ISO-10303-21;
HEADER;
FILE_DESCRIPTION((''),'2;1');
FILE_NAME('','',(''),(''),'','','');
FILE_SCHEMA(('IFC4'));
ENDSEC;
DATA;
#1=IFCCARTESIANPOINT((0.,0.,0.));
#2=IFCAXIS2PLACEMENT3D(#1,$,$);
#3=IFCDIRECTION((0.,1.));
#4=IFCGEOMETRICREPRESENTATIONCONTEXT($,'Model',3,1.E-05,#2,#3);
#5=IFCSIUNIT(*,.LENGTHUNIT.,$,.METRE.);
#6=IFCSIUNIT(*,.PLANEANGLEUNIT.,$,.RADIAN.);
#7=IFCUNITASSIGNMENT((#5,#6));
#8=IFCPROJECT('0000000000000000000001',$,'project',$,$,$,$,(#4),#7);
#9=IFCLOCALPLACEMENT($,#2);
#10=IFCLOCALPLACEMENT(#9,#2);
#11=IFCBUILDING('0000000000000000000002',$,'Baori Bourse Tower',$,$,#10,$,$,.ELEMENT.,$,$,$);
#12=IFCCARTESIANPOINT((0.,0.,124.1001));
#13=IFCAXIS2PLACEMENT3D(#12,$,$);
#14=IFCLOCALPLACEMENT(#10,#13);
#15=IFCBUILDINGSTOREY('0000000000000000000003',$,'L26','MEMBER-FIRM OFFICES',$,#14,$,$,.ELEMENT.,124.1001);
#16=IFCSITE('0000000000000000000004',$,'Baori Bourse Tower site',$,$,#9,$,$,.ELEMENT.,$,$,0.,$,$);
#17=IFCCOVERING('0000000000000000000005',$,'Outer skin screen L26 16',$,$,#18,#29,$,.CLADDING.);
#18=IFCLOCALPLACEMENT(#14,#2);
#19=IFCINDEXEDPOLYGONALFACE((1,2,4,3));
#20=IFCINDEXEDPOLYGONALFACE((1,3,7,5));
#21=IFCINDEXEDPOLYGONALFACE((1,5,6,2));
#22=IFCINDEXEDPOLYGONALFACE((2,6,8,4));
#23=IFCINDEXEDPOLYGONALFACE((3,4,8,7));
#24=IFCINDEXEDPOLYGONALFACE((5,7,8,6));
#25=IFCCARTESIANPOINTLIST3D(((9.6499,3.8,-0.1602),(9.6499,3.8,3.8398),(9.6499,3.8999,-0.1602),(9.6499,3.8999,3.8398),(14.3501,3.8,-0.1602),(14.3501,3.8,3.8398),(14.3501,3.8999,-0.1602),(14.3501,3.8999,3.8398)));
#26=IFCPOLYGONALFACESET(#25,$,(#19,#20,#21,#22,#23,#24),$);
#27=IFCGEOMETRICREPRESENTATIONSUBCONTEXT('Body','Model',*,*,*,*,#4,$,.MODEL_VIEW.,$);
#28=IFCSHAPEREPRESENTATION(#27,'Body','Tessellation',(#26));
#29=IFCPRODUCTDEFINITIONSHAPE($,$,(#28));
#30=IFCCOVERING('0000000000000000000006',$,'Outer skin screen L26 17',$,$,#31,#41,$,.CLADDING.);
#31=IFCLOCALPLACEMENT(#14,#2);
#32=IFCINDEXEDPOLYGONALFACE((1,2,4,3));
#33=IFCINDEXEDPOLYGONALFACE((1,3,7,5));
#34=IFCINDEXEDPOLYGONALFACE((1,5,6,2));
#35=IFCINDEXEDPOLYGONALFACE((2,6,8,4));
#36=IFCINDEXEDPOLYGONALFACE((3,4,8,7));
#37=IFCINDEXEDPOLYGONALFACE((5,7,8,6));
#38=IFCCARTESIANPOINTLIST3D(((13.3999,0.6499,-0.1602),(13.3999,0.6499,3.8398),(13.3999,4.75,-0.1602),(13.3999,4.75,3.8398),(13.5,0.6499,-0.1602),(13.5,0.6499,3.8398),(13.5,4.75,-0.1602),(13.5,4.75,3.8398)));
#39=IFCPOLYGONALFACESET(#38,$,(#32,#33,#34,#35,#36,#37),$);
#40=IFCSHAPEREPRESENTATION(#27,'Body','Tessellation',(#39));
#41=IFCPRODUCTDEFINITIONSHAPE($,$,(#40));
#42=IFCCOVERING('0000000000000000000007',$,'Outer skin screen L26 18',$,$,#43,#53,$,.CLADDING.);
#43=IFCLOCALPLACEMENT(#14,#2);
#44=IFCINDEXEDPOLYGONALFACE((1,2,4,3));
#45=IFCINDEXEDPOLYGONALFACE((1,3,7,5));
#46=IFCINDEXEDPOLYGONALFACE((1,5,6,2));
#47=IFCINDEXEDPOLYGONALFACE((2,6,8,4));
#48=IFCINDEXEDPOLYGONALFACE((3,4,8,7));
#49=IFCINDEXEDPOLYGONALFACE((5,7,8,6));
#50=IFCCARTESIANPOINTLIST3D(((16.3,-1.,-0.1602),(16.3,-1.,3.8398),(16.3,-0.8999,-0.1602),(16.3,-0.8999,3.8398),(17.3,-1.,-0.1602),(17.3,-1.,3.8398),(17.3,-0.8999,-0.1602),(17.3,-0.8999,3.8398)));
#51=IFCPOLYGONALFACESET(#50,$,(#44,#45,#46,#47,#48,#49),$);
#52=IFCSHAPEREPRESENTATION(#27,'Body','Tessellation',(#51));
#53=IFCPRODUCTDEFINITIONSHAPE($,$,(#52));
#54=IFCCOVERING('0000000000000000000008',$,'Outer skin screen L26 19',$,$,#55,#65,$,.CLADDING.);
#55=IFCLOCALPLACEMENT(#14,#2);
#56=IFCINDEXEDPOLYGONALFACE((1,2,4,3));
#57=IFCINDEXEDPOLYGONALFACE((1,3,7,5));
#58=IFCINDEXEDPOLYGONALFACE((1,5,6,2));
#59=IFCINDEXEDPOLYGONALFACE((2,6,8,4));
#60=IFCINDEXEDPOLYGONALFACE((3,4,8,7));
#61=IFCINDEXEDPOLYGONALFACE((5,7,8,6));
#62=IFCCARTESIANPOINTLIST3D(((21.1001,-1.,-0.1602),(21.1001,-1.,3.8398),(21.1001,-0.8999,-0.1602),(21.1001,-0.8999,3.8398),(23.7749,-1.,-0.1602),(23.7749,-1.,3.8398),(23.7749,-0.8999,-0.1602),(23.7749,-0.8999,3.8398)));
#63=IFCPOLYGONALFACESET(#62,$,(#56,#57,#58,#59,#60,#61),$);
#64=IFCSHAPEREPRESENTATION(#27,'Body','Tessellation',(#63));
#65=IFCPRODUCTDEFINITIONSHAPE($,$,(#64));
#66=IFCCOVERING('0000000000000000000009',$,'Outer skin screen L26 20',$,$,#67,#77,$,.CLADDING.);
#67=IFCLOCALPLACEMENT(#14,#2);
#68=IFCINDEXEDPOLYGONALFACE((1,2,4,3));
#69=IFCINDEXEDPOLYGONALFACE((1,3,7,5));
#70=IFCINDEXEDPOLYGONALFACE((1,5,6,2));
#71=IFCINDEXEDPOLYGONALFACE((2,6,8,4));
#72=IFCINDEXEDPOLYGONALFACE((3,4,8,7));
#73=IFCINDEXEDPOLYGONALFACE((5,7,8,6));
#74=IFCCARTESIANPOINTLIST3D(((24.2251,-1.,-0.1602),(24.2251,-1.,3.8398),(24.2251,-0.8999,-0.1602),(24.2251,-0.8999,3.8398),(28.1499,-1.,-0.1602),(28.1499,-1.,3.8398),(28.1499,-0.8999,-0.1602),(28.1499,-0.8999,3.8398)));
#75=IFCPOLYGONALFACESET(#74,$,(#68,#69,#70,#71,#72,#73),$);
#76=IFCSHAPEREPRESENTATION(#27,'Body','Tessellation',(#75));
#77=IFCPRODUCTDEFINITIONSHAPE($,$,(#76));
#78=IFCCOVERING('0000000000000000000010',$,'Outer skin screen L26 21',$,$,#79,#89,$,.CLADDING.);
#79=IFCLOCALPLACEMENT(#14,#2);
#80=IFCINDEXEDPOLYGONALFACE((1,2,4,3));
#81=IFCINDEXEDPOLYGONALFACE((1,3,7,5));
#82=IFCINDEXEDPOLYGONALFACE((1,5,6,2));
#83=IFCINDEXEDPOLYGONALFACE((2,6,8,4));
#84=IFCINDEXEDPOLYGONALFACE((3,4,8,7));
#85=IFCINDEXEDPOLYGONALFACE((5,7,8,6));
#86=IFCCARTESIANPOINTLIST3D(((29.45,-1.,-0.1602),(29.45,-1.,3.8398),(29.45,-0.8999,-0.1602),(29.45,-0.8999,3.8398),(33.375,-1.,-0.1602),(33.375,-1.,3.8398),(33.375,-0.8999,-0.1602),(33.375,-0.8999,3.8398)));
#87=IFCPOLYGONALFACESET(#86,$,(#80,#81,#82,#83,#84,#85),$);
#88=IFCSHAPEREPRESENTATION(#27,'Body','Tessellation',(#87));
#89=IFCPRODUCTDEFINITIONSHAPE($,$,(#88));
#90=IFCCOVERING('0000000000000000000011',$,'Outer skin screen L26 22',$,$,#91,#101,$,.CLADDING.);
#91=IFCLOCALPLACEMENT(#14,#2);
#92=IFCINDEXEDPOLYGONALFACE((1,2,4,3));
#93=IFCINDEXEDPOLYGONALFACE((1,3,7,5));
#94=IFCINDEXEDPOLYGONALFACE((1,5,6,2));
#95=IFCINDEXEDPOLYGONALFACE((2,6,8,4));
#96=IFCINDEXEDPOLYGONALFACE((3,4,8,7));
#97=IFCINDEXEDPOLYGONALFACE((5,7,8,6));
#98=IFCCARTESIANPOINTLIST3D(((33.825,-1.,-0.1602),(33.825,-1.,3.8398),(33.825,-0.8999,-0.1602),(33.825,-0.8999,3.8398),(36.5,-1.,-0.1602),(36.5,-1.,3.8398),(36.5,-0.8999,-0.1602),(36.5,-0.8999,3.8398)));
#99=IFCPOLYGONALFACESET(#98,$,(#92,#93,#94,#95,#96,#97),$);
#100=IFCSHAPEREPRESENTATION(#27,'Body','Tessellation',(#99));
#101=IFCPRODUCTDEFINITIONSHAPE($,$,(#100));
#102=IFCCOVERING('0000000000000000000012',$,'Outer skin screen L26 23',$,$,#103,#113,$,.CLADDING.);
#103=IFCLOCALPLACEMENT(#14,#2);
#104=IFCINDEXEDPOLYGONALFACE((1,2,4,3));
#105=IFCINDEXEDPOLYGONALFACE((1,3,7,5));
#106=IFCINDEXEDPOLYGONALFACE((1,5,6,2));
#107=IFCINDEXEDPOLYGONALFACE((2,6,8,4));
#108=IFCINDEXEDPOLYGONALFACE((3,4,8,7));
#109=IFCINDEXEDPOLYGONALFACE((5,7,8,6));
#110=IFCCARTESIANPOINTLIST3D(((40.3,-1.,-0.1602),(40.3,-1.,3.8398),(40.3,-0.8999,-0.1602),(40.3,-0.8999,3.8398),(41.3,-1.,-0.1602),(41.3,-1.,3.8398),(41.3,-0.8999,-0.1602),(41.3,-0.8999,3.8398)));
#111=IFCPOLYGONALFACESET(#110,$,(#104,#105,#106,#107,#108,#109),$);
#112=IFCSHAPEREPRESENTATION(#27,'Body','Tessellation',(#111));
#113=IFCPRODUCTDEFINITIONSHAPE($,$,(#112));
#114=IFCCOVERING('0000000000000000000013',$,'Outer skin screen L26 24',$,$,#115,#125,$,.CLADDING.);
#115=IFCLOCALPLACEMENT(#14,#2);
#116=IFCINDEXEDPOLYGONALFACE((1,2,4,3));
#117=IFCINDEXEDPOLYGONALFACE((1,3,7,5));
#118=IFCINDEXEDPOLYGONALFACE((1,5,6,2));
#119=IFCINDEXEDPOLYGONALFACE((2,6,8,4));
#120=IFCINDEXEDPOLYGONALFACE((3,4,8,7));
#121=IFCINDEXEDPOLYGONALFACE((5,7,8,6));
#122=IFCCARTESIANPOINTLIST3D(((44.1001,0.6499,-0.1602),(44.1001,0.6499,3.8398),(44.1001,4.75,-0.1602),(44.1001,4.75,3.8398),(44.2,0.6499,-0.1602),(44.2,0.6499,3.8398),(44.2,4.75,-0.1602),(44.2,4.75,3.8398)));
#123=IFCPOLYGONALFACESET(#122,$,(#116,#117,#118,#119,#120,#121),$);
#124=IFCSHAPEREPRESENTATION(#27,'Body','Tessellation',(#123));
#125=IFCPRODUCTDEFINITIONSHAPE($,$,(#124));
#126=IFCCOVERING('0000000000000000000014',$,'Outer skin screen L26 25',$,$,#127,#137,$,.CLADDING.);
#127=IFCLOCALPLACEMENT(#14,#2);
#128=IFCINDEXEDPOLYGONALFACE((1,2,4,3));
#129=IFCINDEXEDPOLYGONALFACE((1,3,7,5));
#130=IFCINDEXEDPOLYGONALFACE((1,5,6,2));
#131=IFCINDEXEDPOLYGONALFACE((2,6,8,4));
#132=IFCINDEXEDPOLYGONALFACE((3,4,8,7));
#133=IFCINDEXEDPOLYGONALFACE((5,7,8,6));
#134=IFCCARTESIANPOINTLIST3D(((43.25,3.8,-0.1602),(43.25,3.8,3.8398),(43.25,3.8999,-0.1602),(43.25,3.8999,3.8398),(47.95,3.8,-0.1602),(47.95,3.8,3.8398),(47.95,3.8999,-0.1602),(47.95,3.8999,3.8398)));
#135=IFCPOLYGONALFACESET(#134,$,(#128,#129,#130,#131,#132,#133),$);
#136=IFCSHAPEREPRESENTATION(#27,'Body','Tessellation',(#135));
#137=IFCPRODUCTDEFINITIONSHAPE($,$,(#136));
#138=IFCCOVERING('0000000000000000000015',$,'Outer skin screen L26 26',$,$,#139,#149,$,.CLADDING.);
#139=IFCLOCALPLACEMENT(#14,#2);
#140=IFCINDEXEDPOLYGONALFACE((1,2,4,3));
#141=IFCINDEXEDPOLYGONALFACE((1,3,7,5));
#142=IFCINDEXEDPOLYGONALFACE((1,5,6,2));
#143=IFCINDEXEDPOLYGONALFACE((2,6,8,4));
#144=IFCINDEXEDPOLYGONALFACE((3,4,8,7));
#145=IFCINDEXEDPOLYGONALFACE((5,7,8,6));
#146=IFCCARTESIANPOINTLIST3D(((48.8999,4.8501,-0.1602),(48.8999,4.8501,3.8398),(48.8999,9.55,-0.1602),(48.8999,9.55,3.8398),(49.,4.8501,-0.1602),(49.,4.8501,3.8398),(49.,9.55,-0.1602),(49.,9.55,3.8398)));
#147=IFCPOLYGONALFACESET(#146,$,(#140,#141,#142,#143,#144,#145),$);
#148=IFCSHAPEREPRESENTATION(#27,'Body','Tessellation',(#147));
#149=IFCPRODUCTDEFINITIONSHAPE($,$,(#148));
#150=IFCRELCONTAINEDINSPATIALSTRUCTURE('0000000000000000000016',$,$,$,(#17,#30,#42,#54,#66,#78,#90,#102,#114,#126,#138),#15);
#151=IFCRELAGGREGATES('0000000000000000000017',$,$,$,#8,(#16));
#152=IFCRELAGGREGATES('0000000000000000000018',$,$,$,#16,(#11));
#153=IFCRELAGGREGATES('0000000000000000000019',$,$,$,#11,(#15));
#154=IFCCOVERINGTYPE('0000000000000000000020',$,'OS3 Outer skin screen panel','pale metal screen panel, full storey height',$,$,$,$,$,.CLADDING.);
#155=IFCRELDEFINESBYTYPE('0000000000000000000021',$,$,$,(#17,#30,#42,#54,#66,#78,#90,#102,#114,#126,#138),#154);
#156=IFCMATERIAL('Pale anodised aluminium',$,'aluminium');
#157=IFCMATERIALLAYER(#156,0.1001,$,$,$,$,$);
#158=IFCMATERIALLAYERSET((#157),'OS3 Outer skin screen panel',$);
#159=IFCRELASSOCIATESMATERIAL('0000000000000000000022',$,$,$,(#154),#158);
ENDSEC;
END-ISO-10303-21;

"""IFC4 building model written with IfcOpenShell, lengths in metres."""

from ifc_helpers import new_model, si_unit, direction, frame, origin, place, context, subcontext, project, spatial, polyline, outline, extrude, material, layer, layer_set, type_object, element, save


model = new_model("IFC4")

# Units and contexts
model_context = context("Model", 3, precision=1e-05, world=origin(), true_north=direction((0.0, 1.0)))
body_context = subcontext(model_context, "Body", "Model", "MODEL_VIEW")
ifc_project = project(units=[si_unit("LENGTHUNIT", "METRE"), si_unit("PLANEANGLEUNIT", "RADIAN")], contexts=[model_context])

# Site, building, storey
site_placement = place(None, origin())
site = spatial("IfcSite", under=ifc_project, at=site_placement, Name="Baori Bourse Tower site", CompositionType="ELEMENT", RefElevation=0.0)
building_placement = place(site_placement, origin())
building = spatial("IfcBuilding", under=site, at=building_placement, Name="Baori Bourse Tower", CompositionType="ELEMENT")
storey_placement = place(building_placement, frame((0.0, 0.0, 124.1001)))
storey = spatial("IfcBuildingStorey", under=building, at=storey_placement, Name="L26", Description="MEMBER-FIRM OFFICES", CompositionType="ELEMENT", Elevation=124.1001)

# Coverings
ifc_material_1 = material(Name="Pale anodised aluminium", Category="aluminium")
ifc_layer_1 = layer(ifc_material_1, 0.1001)
ifc_layer_set_1 = layer_set([ifc_layer_1], Name="OS3 Outer skin screen panel")
covering_type = type_object("IfcCoveringType", Name="OS3 Outer skin screen panel", Description="pale metal screen panel, full storey height", PredefinedType="CLADDING", material=ifc_layer_set_1)
covering_1_placement = place(storey_placement, frame((0.0, 0.0, -0.1602)))
element("IfcCovering", 1, at=covering_1_placement, inside=storey, type_object=covering_type, Name="Outer skin screen L26 16", PredefinedType="CLADDING", context=body_context, shape_type="SweptSolid", body=[
    extrude(outline(polyline([(14.3501, 3.8999), (9.6499, 3.8999), (9.6499, 3.8), (14.3501, 3.8), (14.3501, 3.8999)])), origin(), (0.0, 0.0, 1.0), 4.0),
])
covering_2_placement = place(storey_placement, frame((0.0, 0.0, -0.1602)))
element("IfcCovering", 2, at=covering_2_placement, inside=storey, type_object=covering_type, Name="Outer skin screen L26 17", PredefinedType="CLADDING", context=body_context, shape_type="SweptSolid", body=[
    extrude(outline(polyline([(13.5, 0.6499), (13.5, 4.75), (13.3999, 4.75), (13.3999, 0.6499), (13.5, 0.6499)])), origin(), (0.0, 0.0, 1.0), 4.0),
])
covering_3_placement = place(storey_placement, frame((0.0, 0.0, -0.1602)))
element("IfcCovering", 3, at=covering_3_placement, inside=storey, type_object=covering_type, Name="Outer skin screen L26 18", PredefinedType="CLADDING", context=body_context, shape_type="SweptSolid", body=[
    extrude(outline(polyline([(17.3, -0.8999), (16.3, -0.8999), (16.3, -1.0), (17.3, -1.0), (17.3, -0.8999)])), origin(), (0.0, 0.0, 1.0), 4.0),
])
covering_4_placement = place(storey_placement, frame((0.0, 0.0, -0.1602)))
element("IfcCovering", 4, at=covering_4_placement, inside=storey, type_object=covering_type, Name="Outer skin screen L26 19", PredefinedType="CLADDING", context=body_context, shape_type="SweptSolid", body=[
    extrude(outline(polyline([(23.7749, -0.8999), (21.1001, -0.8999), (21.1001, -1.0), (23.7749, -1.0), (23.7749, -0.8999)])), origin(), (0.0, 0.0, 1.0), 4.0),
])
covering_5_placement = place(storey_placement, frame((0.0, 0.0, -0.1602)))
element("IfcCovering", 5, at=covering_5_placement, inside=storey, type_object=covering_type, Name="Outer skin screen L26 20", PredefinedType="CLADDING", context=body_context, shape_type="SweptSolid", body=[
    extrude(outline(polyline([(28.1499, -0.8999), (24.2251, -0.8999), (24.2251, -1.0), (28.1499, -1.0), (28.1499, -0.8999)])), origin(), (0.0, 0.0, 1.0), 4.0),
])
covering_6_placement = place(storey_placement, frame((0.0, 0.0, -0.1602)))
element("IfcCovering", 6, at=covering_6_placement, inside=storey, type_object=covering_type, Name="Outer skin screen L26 21", PredefinedType="CLADDING", context=body_context, shape_type="SweptSolid", body=[
    extrude(outline(polyline([(33.375, -0.8999), (29.45, -0.8999), (29.45, -1.0), (33.375, -1.0), (33.375, -0.8999)])), origin(), (0.0, 0.0, 1.0), 4.0),
])
covering_7_placement = place(storey_placement, frame((0.0, 0.0, -0.1602)))
element("IfcCovering", 7, at=covering_7_placement, inside=storey, type_object=covering_type, Name="Outer skin screen L26 22", PredefinedType="CLADDING", context=body_context, shape_type="SweptSolid", body=[
    extrude(outline(polyline([(36.5, -0.8999), (33.825, -0.8999), (33.825, -1.0), (36.5, -1.0), (36.5, -0.8999)])), origin(), (0.0, 0.0, 1.0), 4.0),
])
covering_8_placement = place(storey_placement, frame((0.0, 0.0, -0.1602)))
element("IfcCovering", 8, at=covering_8_placement, inside=storey, type_object=covering_type, Name="Outer skin screen L26 23", PredefinedType="CLADDING", context=body_context, shape_type="SweptSolid", body=[
    extrude(outline(polyline([(41.3, -0.8999), (40.3, -0.8999), (40.3, -1.0), (41.3, -1.0), (41.3, -0.8999)])), origin(), (0.0, 0.0, 1.0), 4.0),
])
covering_9_placement = place(storey_placement, frame((0.0, 0.0, -0.1602)))
element("IfcCovering", 9, at=covering_9_placement, inside=storey, type_object=covering_type, Name="Outer skin screen L26 24", PredefinedType="CLADDING", context=body_context, shape_type="SweptSolid", body=[
    extrude(outline(polyline([(44.1001, 4.75), (44.1001, 0.6499), (44.2, 0.6499), (44.2, 4.75), (44.1001, 4.75)])), origin(), (0.0, 0.0, 1.0), 4.0),
])
covering_10_placement = place(storey_placement, frame((0.0, 0.0, -0.1602)))
element("IfcCovering", 10, at=covering_10_placement, inside=storey, type_object=covering_type, Name="Outer skin screen L26 25", PredefinedType="CLADDING", context=body_context, shape_type="SweptSolid", body=[
    extrude(outline(polyline([(47.95, 3.8999), (43.25, 3.8999), (43.25, 3.8), (47.95, 3.8), (47.95, 3.8999)])), origin(), (0.0, 0.0, 1.0), 4.0),
])
covering_11_placement = place(storey_placement, frame((0.0, 0.0, -0.1602)))
element("IfcCovering", 11, at=covering_11_placement, inside=storey, type_object=covering_type, Name="Outer skin screen L26 26", PredefinedType="CLADDING", context=body_context, shape_type="SweptSolid", body=[
    extrude(outline(polyline([(48.8999, 9.55), (48.8999, 4.8501), (49.0, 4.8501), (49.0, 9.55), (48.8999, 9.55)])), origin(), (0.0, 0.0, 1.0), 4.0),
])

save(model, "model.ifc")
